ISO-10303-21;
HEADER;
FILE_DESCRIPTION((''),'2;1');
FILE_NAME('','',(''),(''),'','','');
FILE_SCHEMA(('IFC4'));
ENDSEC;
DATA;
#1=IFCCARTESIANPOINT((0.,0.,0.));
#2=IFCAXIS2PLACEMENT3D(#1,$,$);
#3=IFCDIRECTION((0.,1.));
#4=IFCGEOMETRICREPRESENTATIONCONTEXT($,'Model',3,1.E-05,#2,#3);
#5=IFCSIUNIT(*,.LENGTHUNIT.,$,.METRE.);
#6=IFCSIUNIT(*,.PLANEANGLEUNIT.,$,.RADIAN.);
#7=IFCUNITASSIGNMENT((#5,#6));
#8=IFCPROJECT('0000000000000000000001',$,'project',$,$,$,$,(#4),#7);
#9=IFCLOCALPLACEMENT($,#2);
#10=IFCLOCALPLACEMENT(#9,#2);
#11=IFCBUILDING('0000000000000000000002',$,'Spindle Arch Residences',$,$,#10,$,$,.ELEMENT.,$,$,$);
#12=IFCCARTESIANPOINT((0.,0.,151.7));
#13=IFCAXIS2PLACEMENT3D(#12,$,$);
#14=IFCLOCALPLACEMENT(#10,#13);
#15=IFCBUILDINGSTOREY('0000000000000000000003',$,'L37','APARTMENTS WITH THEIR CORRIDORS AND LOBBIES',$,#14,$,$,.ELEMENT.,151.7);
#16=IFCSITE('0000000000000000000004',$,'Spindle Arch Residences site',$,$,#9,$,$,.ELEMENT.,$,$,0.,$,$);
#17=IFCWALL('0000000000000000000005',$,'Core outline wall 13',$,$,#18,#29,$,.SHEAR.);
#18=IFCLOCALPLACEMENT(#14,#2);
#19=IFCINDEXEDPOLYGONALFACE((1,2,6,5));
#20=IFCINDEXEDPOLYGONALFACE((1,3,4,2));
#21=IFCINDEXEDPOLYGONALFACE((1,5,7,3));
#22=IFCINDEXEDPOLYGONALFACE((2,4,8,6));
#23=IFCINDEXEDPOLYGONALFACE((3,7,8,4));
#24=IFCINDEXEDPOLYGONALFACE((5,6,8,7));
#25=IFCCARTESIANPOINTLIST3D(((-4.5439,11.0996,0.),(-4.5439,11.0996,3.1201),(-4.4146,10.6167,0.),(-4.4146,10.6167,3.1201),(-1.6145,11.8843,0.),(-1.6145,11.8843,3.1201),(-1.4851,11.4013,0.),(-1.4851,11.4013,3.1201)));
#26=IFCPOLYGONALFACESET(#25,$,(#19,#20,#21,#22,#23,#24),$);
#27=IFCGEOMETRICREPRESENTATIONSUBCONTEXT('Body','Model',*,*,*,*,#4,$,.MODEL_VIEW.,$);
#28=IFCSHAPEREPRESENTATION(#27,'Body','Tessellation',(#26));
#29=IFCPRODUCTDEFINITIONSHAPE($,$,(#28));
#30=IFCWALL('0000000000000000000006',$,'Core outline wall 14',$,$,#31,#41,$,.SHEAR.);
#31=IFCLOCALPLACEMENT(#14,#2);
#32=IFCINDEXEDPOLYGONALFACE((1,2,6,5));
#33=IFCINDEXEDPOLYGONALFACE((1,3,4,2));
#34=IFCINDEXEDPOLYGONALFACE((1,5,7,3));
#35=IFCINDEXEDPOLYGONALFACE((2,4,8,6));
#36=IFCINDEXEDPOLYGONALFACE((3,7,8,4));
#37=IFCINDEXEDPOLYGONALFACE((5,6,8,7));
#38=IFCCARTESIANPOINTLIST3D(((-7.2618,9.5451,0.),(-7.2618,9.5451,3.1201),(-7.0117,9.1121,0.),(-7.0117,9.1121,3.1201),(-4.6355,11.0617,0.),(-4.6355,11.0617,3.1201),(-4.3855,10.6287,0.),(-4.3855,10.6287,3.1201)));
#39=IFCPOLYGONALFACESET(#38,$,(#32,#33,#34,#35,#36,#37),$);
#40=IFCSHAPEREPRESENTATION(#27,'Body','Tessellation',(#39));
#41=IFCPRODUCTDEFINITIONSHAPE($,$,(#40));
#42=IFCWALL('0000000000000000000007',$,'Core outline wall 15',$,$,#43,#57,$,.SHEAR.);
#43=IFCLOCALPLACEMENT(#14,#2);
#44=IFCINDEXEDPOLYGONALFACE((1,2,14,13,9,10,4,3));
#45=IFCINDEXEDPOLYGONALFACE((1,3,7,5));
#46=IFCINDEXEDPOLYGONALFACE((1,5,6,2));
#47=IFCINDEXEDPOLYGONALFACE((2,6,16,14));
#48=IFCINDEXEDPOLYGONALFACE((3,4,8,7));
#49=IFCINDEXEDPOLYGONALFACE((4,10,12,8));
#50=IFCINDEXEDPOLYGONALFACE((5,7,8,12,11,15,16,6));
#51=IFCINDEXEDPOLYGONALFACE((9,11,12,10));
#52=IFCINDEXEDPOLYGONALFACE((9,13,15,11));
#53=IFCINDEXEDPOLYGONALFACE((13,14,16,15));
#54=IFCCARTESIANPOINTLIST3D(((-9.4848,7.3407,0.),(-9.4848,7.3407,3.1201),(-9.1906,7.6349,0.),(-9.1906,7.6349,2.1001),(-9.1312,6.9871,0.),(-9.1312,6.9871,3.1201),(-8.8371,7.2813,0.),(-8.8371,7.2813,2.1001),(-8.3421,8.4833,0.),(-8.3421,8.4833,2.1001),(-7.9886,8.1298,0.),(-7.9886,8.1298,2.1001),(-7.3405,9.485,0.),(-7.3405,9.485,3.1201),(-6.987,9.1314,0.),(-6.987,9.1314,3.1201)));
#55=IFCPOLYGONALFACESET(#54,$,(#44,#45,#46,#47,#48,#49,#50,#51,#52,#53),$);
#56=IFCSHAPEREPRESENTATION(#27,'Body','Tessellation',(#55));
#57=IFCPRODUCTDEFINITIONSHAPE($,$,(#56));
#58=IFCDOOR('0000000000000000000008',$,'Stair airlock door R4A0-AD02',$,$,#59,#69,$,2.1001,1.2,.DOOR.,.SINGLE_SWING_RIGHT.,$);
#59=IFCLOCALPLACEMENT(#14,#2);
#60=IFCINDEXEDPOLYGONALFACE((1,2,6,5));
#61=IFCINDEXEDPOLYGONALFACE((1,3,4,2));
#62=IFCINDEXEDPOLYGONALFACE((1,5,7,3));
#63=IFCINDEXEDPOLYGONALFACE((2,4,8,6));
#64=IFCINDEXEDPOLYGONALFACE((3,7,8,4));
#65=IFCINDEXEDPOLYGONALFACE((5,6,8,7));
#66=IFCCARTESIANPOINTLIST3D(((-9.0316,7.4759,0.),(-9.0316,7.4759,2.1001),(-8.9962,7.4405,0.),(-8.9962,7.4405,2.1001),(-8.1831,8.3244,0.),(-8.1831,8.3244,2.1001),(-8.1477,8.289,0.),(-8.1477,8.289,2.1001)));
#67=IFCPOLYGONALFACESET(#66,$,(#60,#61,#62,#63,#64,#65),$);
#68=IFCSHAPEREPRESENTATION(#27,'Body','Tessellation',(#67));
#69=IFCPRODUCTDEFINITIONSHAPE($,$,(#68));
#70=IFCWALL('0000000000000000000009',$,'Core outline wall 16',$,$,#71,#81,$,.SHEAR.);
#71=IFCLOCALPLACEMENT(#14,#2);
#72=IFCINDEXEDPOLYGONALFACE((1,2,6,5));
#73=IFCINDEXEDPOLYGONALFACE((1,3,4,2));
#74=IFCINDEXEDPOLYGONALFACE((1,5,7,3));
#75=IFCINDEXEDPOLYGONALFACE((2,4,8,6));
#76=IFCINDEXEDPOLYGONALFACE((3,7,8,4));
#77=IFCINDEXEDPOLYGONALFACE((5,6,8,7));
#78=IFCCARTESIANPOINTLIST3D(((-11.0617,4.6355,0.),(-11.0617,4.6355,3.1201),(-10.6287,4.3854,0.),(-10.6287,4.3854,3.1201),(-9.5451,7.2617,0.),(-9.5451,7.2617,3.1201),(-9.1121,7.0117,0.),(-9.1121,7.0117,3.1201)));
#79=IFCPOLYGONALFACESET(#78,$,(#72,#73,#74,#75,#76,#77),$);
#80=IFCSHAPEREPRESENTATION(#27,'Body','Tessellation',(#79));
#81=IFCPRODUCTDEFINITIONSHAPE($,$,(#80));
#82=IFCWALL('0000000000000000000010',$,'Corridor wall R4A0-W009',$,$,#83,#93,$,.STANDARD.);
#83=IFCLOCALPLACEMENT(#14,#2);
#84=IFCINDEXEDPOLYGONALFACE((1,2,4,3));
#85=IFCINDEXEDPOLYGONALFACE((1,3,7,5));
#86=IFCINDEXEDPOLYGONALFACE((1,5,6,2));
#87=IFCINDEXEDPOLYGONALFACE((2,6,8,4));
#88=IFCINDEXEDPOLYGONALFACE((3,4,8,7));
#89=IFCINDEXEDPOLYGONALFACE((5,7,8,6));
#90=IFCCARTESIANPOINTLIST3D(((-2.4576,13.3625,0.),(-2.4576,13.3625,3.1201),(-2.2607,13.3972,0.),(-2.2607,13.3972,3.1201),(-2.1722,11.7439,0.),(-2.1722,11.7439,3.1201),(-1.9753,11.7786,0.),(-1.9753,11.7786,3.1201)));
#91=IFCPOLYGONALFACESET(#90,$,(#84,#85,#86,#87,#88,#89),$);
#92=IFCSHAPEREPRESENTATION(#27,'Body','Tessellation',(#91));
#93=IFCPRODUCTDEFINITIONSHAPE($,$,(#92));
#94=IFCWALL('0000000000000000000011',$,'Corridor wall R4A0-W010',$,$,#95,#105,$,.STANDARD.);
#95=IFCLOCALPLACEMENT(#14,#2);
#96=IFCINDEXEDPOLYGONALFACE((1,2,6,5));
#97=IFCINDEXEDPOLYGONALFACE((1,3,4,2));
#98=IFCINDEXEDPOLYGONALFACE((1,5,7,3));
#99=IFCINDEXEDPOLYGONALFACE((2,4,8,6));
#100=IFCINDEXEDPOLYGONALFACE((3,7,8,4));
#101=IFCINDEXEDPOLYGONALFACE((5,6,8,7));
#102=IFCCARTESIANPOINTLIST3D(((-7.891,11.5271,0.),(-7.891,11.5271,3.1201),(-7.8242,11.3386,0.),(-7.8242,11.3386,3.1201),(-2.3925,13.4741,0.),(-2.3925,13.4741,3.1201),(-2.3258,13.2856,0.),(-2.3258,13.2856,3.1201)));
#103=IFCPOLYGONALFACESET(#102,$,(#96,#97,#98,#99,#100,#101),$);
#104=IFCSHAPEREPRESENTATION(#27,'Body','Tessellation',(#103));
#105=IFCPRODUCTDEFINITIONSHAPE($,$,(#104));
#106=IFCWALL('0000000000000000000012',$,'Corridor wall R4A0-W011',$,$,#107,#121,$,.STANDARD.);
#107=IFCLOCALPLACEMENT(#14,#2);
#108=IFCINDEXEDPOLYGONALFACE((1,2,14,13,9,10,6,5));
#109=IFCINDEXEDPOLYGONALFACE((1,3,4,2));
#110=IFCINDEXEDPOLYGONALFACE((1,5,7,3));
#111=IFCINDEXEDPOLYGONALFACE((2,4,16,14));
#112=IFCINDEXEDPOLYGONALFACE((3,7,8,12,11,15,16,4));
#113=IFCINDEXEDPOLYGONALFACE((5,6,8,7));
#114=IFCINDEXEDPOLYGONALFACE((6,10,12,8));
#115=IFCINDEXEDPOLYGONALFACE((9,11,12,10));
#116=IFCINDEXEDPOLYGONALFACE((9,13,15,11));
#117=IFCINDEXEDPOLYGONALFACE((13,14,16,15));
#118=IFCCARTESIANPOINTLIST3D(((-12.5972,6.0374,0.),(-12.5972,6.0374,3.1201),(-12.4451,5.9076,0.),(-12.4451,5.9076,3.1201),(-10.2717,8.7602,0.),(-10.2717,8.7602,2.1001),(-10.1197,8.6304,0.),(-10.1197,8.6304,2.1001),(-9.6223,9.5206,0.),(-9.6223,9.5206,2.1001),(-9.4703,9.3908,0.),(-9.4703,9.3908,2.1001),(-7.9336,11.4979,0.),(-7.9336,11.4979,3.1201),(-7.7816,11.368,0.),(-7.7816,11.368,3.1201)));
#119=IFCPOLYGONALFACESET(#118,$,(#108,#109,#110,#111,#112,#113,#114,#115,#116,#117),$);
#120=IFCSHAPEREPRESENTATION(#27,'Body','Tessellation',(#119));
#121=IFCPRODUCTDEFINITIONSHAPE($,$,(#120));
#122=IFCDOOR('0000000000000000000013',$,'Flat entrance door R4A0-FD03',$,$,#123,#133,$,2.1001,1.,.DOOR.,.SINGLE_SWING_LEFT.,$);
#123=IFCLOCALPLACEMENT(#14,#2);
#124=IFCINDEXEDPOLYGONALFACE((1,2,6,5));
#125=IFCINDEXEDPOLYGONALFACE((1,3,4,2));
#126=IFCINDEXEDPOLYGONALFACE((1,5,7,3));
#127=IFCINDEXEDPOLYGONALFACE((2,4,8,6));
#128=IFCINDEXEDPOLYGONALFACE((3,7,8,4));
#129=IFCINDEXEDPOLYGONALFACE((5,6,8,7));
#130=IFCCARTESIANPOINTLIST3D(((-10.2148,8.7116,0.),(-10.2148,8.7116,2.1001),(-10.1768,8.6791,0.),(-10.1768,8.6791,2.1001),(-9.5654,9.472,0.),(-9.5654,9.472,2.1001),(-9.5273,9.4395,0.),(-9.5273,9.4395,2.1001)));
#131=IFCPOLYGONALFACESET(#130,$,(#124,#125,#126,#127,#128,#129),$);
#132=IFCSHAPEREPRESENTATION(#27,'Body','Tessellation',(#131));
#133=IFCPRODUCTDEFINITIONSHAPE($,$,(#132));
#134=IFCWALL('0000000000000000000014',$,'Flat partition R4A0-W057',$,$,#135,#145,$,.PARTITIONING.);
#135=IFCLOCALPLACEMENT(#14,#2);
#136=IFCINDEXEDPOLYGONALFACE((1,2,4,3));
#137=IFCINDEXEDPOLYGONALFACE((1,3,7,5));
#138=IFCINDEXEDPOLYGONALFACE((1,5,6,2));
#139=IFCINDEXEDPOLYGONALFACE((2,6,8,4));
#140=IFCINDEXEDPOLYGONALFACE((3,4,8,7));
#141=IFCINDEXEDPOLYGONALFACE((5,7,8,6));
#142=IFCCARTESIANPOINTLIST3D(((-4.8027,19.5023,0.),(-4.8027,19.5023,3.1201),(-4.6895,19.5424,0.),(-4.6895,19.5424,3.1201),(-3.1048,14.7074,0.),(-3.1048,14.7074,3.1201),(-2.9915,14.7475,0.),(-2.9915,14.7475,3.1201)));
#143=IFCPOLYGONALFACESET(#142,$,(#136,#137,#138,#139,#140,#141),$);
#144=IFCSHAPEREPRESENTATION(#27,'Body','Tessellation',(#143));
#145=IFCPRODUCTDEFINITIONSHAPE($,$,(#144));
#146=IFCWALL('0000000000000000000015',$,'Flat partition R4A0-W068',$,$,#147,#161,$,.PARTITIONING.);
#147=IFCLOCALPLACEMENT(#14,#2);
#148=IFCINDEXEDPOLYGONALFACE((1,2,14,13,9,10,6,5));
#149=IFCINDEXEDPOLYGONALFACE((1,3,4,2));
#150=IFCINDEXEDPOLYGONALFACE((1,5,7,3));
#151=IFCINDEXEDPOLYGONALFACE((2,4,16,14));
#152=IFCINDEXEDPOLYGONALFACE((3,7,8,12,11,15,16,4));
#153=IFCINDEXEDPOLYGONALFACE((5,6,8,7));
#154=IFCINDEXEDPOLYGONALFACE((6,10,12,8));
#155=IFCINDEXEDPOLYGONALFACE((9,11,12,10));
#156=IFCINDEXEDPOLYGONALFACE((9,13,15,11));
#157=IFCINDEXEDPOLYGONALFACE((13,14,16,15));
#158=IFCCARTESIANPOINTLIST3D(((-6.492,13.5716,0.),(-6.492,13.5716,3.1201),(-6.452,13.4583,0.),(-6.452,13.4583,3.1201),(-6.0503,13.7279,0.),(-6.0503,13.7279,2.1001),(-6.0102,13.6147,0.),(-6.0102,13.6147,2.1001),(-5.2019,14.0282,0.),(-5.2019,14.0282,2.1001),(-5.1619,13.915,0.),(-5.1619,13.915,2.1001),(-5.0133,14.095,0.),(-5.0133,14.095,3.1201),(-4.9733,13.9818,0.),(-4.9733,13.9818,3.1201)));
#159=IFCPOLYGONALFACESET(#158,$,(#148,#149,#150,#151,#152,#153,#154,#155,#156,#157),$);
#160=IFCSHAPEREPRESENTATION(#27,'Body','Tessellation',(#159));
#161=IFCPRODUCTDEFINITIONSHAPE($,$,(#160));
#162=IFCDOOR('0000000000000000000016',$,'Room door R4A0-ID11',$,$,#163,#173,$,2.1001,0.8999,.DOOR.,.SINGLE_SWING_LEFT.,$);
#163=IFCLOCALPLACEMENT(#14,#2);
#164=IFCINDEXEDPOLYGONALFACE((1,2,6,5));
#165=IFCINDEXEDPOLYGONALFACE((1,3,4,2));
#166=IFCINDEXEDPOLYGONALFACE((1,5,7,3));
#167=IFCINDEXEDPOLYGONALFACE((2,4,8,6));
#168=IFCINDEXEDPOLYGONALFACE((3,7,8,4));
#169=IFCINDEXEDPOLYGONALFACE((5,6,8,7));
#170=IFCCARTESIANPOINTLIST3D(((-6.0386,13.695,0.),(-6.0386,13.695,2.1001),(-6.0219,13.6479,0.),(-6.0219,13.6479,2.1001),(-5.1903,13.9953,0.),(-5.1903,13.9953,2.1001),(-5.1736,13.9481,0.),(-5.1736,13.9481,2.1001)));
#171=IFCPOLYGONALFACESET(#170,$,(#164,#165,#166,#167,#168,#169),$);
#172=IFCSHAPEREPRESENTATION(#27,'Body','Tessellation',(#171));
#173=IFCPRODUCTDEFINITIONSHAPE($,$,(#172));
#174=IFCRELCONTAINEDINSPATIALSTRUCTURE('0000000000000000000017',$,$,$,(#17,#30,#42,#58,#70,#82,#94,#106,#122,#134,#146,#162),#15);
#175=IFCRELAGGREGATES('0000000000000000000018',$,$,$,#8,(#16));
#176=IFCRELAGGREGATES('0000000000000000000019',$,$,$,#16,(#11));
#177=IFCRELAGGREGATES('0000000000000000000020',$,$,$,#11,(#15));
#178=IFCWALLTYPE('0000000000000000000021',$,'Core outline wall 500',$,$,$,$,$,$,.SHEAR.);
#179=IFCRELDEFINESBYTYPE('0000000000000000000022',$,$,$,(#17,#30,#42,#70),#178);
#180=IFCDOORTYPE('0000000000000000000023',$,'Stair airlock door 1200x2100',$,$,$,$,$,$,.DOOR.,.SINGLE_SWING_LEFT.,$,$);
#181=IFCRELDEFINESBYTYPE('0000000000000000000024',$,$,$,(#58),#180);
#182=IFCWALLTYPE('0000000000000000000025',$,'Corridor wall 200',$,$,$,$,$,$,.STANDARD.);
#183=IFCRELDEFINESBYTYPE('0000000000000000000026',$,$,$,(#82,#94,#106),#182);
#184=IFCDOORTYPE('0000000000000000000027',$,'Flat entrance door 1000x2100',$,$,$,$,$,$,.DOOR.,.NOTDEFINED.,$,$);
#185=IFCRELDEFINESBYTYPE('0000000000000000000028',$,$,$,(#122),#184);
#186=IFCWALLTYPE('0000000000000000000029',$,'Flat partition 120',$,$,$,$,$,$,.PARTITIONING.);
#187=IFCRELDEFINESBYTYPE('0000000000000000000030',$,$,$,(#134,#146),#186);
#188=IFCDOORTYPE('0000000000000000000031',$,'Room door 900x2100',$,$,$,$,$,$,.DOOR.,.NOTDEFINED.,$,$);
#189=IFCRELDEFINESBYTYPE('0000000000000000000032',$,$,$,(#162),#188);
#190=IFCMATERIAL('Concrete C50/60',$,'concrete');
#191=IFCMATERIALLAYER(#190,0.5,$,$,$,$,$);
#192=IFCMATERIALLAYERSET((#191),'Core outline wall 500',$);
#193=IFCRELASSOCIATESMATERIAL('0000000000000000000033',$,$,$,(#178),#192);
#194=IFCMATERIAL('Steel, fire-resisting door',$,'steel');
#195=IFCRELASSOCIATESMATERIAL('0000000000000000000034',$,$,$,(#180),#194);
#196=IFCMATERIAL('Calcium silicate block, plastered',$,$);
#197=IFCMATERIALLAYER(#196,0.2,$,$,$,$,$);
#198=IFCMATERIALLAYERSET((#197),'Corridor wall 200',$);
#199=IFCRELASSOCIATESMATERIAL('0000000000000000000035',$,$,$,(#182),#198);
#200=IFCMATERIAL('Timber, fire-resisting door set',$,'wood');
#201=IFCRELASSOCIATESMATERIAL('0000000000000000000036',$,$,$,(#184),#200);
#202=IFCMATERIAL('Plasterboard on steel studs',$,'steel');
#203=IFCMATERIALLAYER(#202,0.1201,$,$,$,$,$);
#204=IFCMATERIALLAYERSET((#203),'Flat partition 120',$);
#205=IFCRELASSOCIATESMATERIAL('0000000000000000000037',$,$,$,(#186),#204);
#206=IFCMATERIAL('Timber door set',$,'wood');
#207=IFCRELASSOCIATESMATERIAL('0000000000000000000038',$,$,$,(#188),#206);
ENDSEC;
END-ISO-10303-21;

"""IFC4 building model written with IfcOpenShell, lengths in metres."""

from ifc_helpers import new_model, si_unit, direction, frame, frame_2d, origin, place, context, subcontext, project, spatial, rectangle, extrude, material, layer, layer_set, type_object, element, fill, save


model = new_model("IFC4")

# Units and contexts
model_context = context("Model", 3, precision=1e-05, world=origin(), true_north=direction((0.0, 1.0)))
body_context = subcontext(model_context, "Body", "Model", "MODEL_VIEW")
ifc_project = project(units=[si_unit("LENGTHUNIT", "METRE"), si_unit("PLANEANGLEUNIT", "RADIAN")], contexts=[model_context])

# Site, building, storey
site_placement = place(None, origin())
site = spatial("IfcSite", under=ifc_project, at=site_placement, Name="Spindle Arch Residences site", CompositionType="ELEMENT", RefElevation=0.0)
building_placement = place(site_placement, origin())
building = spatial("IfcBuilding", under=site, at=building_placement, Name="Spindle Arch Residences", CompositionType="ELEMENT")
storey_placement = place(building_placement, frame((0.0, 0.0, 151.7)))
storey = spatial("IfcBuildingStorey", under=building, at=storey_placement, Name="L37", Description="APARTMENTS WITH THEIR CORRIDORS AND LOBBIES", CompositionType="ELEMENT", Elevation=151.7)

# Walls
ifc_material_1 = material(Name="Concrete C50/60", Category="concrete")
ifc_layer_1 = layer(ifc_material_1, 0.5)
ifc_layer_set_1 = layer_set([ifc_layer_1], Name="Core outline wall 500")
wall_type_1 = type_object("IfcWallType", Name="Core outline wall 500", PredefinedType="SHEAR", material=ifc_layer_set_1)
for number, where, z_axis, x_axis, name in (
    (1, (-1.5498, 11.6428, 0.0), (0.0, 0.0, 1.0), (-0.965948, -0.258735, 0.0), "Core outline wall 13"),
    (2, (-4.5105, 10.8452, 0.0), (0.0, 0.0, 1.0), (-0.865975, -0.500087, 0.0), "Core outline wall 14"),
):
    element("IfcWall", number, at=place(storey_placement, frame(where, z_axis=z_axis, x_axis=x_axis)), inside=storey, type_object=wall_type_1, Name=name, PredefinedType="SHEAR", context=body_context, shape_type="SweptSolid", body=[
        extrude(rectangle(XDim=3.0327, YDim=0.5, at=frame_2d((1.5164, 0.0))), origin(), (0.0, 0.0, 1.0), 3.1201),
    ])

# Wall, opening, door
wall_1_placement = place(storey_placement, frame((-7.1638, 9.3081, 0.0), z_axis=(0.0, 0.0, 1.0), x_axis=(-0.707107, -0.707107, 0.0)))
wall_1 = element("IfcWall", 3, at=wall_1_placement, inside=storey, type_object=wall_type_1, Name="Core outline wall 15", PredefinedType="SHEAR", context=body_context, shape_type="SweptSolid", body=[
    extrude(rectangle(XDim=3.0325, YDim=0.5, at=frame_2d((1.5161, 0.0))), origin(), (0.0, 0.0, 1.0), 3.1201),
])
opening_1_placement = place(wall_1_placement, frame((1.4163, 0.0, 0.0)))
opening_1 = element("IfcOpeningElement", 4, at=opening_1_placement, cuts=wall_1, PredefinedType="OPENING", context=body_context, shape_type="SweptSolid", body=[
    extrude(rectangle(XDim=1.2, YDim=2.1001, at=frame_2d((0.6001, 1.05))), frame((0.0, 0.26, 0.0), z_axis=(0.0, -1.0, 0.0), x_axis=(1.0, 0.0, 0.0)), (0.0, 0.0, 1.0), 0.52),
])
ifc_material_2 = material(Name="Steel, fire-resisting door", Category="steel")
door_type_1 = type_object("IfcDoorType", Name="Stair airlock door 1200x2100", OperationType="SINGLE_SWING_LEFT", PredefinedType="DOOR", material=ifc_material_2)
door_1_placement = place(opening_1_placement, origin())
door_1 = element("IfcDoor", 5, at=door_1_placement, inside=storey, type_object=door_type_1, Name="Stair airlock door R4A0-AD02", OperationType="SINGLE_SWING_RIGHT", OverallHeight=2.1001, OverallWidth=1.2, PredefinedType="DOOR", context=body_context, shape_type="SweptSolid", body=[
    extrude(rectangle(XDim=1.2, YDim=2.1001, at=frame_2d((0.6001, 1.05))), frame((0.0, 0.0249, 0.0), z_axis=(0.0, -1.0, 0.0), x_axis=(1.0, 0.0, 0.0)), (0.0, 0.0, 1.0), 0.05),
])
fill(opening_1, door_1)

# Walls
wall_2_placement = place(storey_placement, frame((-9.3286, 7.1367, 0.0), z_axis=(0.0, 0.0, 1.0), x_axis=(-0.500087, -0.865975, 0.0)))
element("IfcWall", 6, at=wall_2_placement, inside=storey, type_object=wall_type_1, Name="Core outline wall 16", PredefinedType="SHEAR", context=body_context, shape_type="SweptSolid", body=[
    extrude(rectangle(XDim=3.0327, YDim=0.5, at=frame_2d((1.5164, 0.0))), origin(), (0.0, 0.0, 1.0), 3.1201),
])
ifc_material_3 = material(Name="Calcium silicate block, plastered")
ifc_layer_2 = layer(ifc_material_3, 0.2)
ifc_layer_set_2 = layer_set([ifc_layer_2], Name="Corridor wall 200")
wall_type_2 = type_object("IfcWallType", Name="Corridor wall 200", PredefinedType="STANDARD", material=ifc_layer_set_2)
wall_3_placement = place(storey_placement, frame((-2.0737, 11.7612, 0.0), z_axis=(0.0, 0.0, 1.0), x_axis=(-0.173641, 0.984809, 0.0)))
element("IfcWall", 7, at=wall_3_placement, inside=storey, type_object=wall_type_2, Name="Corridor wall R4A0-W009", PredefinedType="STANDARD", context=body_context, shape_type="SweptSolid", body=[
    extrude(rectangle(XDim=1.6436, YDim=0.2, at=frame_2d((0.8218, 0.0))), origin(), (0.0, 0.0, 1.0), 3.1201),
])
wall_4_placement = place(storey_placement, frame((-2.3591, 13.3799, 0.0), z_axis=(0.0, 0.0, 1.0), x_axis=(-0.942648, -0.33379, 0.0)))
element("IfcWall", 8, at=wall_4_placement, inside=storey, type_object=wall_type_2, Name="Corridor wall R4A0-W010", PredefinedType="STANDARD", context=body_context, shape_type="SweptSolid", body=[
    extrude(rectangle(XDim=5.833, YDim=0.2, at=frame_2d((2.9165, 0.0))), origin(), (0.0, 0.0, 1.0), 3.1201),
])

# Wall, opening, door
wall_5_placement = place(storey_placement, frame((-7.8577, 11.4329, 0.0), z_axis=(0.0, 0.0, 1.0), x_axis=(-0.649441, -0.760412, 0.0)))
wall_5 = element("IfcWall", 9, at=wall_5_placement, inside=storey, type_object=wall_type_2, Name="Corridor wall R4A0-W011", PredefinedType="STANDARD", context=body_context, shape_type="SweptSolid", body=[
    extrude(rectangle(XDim=7.1809, YDim=0.2, at=frame_2d((3.5903, 0.0))), origin(), (0.0, 0.0, 1.0), 3.1201),
])
opening_2_placement = place(wall_5_placement, frame((2.6001, 0.0, 0.0)))
opening_2 = element("IfcOpeningElement", 10, at=opening_2_placement, cuts=wall_5, PredefinedType="OPENING", context=body_context, shape_type="SweptSolid", body=[
    extrude(rectangle(XDim=1.0, YDim=2.1001, at=frame_2d((0.5, 1.05))), frame((0.0, 0.1099, 0.0), z_axis=(0.0, -1.0, 0.0), x_axis=(1.0, 0.0, 0.0)), (0.0, 0.0, 1.0), 0.22),
])
ifc_material_4 = material(Name="Timber, fire-resisting door set", Category="wood")
door_type_2 = type_object("IfcDoorType", Name="Flat entrance door 1000x2100", OperationType="NOTDEFINED", PredefinedType="DOOR", material=ifc_material_4)
door_2_placement = place(opening_2_placement, origin())
door_2 = element("IfcDoor", 11, at=door_2_placement, inside=storey, type_object=door_type_2, Name="Flat entrance door R4A0-FD03", OperationType="SINGLE_SWING_LEFT", OverallHeight=2.1001, OverallWidth=1.0, PredefinedType="DOOR", context=body_context, shape_type="SweptSolid", body=[
    extrude(rectangle(XDim=1.0, YDim=2.1001, at=frame_2d((0.5, 1.05))), frame((0.0, 0.0249, 0.0), z_axis=(0.0, -1.0, 0.0), x_axis=(1.0, 0.0, 0.0)), (0.0, 0.0, 1.0), 0.05),
])
fill(opening_2, door_2)

# Wall
ifc_material_5 = material(Name="Plasterboard on steel studs", Category="steel")
ifc_layer_3 = layer(ifc_material_5, 0.1201)
ifc_layer_set_3 = layer_set([ifc_layer_3], Name="Flat partition 120")
wall_type_3 = type_object("IfcWallType", Name="Flat partition 120", PredefinedType="PARTITIONING", material=ifc_layer_set_3)
wall_6_placement = place(storey_placement, frame((-3.0481, 14.7273, 0.0), z_axis=(0.0, 0.0, 1.0), x_axis=(-0.333812, 0.94264, 0.0)))
element("IfcWall", 12, at=wall_6_placement, inside=storey, type_object=wall_type_3, Name="Flat partition R4A0-W057", PredefinedType="PARTITIONING", context=body_context, shape_type="SweptSolid", body=[
    extrude(rectangle(XDim=5.0867, YDim=0.1201, at=frame_2d((2.5435, 0.0))), origin(), (0.0, 0.0, 1.0), 3.1201),
])

# Wall, opening, door
wall_7_placement = place(storey_placement, frame((-4.9934, 14.0383, 0.0), z_axis=(0.0, 0.0, 1.0), x_axis=(-0.942685, -0.333683, 0.0)))
wall_7 = element("IfcWall", 13, at=wall_7_placement, inside=storey, type_object=wall_type_3, Name="Flat partition R4A0-W068", PredefinedType="PARTITIONING", context=body_context, shape_type="SweptSolid", body=[
    extrude(rectangle(XDim=1.5686, YDim=0.1201, at=frame_2d((0.7842, 0.0))), origin(), (0.0, 0.0, 1.0), 3.1201),
])
opening_3_placement = place(wall_7_placement, frame((0.2, 0.0, 0.0)))
opening_3 = element("IfcOpeningElement", 14, at=opening_3_placement, cuts=wall_7, PredefinedType="OPENING", context=body_context, shape_type="SweptSolid", body=[
    extrude(rectangle(XDim=0.8999, YDim=2.1001, at=frame_2d((0.45, 1.05))), frame((0.0, 0.0701, 0.0), z_axis=(0.0, -1.0, 0.0), x_axis=(1.0, 0.0, 0.0)), (0.0, 0.0, 1.0), 0.1401),
])
ifc_material_6 = material(Name="Timber door set", Category="wood")
door_type_3 = type_object("IfcDoorType", Name="Room door 900x2100", OperationType="NOTDEFINED", PredefinedType="DOOR", material=ifc_material_6)
door_3_placement = place(opening_3_placement, origin())
door_3 = element("IfcDoor", 15, at=door_3_placement, inside=storey, type_object=door_type_3, Name="Room door R4A0-ID11", OperationType="SINGLE_SWING_LEFT", OverallHeight=2.1001, OverallWidth=0.8999, PredefinedType="DOOR", context=body_context, shape_type="SweptSolid", body=[
    extrude(rectangle(XDim=0.8999, YDim=2.1001, at=frame_2d((0.45, 1.05))), frame((0.0, 0.0249, 0.0), z_axis=(0.0, -1.0, 0.0), x_axis=(1.0, 0.0, 0.0)), (0.0, 0.0, 1.0), 0.05),
])
fill(opening_3, door_3)

save(model, "model.ifc")
